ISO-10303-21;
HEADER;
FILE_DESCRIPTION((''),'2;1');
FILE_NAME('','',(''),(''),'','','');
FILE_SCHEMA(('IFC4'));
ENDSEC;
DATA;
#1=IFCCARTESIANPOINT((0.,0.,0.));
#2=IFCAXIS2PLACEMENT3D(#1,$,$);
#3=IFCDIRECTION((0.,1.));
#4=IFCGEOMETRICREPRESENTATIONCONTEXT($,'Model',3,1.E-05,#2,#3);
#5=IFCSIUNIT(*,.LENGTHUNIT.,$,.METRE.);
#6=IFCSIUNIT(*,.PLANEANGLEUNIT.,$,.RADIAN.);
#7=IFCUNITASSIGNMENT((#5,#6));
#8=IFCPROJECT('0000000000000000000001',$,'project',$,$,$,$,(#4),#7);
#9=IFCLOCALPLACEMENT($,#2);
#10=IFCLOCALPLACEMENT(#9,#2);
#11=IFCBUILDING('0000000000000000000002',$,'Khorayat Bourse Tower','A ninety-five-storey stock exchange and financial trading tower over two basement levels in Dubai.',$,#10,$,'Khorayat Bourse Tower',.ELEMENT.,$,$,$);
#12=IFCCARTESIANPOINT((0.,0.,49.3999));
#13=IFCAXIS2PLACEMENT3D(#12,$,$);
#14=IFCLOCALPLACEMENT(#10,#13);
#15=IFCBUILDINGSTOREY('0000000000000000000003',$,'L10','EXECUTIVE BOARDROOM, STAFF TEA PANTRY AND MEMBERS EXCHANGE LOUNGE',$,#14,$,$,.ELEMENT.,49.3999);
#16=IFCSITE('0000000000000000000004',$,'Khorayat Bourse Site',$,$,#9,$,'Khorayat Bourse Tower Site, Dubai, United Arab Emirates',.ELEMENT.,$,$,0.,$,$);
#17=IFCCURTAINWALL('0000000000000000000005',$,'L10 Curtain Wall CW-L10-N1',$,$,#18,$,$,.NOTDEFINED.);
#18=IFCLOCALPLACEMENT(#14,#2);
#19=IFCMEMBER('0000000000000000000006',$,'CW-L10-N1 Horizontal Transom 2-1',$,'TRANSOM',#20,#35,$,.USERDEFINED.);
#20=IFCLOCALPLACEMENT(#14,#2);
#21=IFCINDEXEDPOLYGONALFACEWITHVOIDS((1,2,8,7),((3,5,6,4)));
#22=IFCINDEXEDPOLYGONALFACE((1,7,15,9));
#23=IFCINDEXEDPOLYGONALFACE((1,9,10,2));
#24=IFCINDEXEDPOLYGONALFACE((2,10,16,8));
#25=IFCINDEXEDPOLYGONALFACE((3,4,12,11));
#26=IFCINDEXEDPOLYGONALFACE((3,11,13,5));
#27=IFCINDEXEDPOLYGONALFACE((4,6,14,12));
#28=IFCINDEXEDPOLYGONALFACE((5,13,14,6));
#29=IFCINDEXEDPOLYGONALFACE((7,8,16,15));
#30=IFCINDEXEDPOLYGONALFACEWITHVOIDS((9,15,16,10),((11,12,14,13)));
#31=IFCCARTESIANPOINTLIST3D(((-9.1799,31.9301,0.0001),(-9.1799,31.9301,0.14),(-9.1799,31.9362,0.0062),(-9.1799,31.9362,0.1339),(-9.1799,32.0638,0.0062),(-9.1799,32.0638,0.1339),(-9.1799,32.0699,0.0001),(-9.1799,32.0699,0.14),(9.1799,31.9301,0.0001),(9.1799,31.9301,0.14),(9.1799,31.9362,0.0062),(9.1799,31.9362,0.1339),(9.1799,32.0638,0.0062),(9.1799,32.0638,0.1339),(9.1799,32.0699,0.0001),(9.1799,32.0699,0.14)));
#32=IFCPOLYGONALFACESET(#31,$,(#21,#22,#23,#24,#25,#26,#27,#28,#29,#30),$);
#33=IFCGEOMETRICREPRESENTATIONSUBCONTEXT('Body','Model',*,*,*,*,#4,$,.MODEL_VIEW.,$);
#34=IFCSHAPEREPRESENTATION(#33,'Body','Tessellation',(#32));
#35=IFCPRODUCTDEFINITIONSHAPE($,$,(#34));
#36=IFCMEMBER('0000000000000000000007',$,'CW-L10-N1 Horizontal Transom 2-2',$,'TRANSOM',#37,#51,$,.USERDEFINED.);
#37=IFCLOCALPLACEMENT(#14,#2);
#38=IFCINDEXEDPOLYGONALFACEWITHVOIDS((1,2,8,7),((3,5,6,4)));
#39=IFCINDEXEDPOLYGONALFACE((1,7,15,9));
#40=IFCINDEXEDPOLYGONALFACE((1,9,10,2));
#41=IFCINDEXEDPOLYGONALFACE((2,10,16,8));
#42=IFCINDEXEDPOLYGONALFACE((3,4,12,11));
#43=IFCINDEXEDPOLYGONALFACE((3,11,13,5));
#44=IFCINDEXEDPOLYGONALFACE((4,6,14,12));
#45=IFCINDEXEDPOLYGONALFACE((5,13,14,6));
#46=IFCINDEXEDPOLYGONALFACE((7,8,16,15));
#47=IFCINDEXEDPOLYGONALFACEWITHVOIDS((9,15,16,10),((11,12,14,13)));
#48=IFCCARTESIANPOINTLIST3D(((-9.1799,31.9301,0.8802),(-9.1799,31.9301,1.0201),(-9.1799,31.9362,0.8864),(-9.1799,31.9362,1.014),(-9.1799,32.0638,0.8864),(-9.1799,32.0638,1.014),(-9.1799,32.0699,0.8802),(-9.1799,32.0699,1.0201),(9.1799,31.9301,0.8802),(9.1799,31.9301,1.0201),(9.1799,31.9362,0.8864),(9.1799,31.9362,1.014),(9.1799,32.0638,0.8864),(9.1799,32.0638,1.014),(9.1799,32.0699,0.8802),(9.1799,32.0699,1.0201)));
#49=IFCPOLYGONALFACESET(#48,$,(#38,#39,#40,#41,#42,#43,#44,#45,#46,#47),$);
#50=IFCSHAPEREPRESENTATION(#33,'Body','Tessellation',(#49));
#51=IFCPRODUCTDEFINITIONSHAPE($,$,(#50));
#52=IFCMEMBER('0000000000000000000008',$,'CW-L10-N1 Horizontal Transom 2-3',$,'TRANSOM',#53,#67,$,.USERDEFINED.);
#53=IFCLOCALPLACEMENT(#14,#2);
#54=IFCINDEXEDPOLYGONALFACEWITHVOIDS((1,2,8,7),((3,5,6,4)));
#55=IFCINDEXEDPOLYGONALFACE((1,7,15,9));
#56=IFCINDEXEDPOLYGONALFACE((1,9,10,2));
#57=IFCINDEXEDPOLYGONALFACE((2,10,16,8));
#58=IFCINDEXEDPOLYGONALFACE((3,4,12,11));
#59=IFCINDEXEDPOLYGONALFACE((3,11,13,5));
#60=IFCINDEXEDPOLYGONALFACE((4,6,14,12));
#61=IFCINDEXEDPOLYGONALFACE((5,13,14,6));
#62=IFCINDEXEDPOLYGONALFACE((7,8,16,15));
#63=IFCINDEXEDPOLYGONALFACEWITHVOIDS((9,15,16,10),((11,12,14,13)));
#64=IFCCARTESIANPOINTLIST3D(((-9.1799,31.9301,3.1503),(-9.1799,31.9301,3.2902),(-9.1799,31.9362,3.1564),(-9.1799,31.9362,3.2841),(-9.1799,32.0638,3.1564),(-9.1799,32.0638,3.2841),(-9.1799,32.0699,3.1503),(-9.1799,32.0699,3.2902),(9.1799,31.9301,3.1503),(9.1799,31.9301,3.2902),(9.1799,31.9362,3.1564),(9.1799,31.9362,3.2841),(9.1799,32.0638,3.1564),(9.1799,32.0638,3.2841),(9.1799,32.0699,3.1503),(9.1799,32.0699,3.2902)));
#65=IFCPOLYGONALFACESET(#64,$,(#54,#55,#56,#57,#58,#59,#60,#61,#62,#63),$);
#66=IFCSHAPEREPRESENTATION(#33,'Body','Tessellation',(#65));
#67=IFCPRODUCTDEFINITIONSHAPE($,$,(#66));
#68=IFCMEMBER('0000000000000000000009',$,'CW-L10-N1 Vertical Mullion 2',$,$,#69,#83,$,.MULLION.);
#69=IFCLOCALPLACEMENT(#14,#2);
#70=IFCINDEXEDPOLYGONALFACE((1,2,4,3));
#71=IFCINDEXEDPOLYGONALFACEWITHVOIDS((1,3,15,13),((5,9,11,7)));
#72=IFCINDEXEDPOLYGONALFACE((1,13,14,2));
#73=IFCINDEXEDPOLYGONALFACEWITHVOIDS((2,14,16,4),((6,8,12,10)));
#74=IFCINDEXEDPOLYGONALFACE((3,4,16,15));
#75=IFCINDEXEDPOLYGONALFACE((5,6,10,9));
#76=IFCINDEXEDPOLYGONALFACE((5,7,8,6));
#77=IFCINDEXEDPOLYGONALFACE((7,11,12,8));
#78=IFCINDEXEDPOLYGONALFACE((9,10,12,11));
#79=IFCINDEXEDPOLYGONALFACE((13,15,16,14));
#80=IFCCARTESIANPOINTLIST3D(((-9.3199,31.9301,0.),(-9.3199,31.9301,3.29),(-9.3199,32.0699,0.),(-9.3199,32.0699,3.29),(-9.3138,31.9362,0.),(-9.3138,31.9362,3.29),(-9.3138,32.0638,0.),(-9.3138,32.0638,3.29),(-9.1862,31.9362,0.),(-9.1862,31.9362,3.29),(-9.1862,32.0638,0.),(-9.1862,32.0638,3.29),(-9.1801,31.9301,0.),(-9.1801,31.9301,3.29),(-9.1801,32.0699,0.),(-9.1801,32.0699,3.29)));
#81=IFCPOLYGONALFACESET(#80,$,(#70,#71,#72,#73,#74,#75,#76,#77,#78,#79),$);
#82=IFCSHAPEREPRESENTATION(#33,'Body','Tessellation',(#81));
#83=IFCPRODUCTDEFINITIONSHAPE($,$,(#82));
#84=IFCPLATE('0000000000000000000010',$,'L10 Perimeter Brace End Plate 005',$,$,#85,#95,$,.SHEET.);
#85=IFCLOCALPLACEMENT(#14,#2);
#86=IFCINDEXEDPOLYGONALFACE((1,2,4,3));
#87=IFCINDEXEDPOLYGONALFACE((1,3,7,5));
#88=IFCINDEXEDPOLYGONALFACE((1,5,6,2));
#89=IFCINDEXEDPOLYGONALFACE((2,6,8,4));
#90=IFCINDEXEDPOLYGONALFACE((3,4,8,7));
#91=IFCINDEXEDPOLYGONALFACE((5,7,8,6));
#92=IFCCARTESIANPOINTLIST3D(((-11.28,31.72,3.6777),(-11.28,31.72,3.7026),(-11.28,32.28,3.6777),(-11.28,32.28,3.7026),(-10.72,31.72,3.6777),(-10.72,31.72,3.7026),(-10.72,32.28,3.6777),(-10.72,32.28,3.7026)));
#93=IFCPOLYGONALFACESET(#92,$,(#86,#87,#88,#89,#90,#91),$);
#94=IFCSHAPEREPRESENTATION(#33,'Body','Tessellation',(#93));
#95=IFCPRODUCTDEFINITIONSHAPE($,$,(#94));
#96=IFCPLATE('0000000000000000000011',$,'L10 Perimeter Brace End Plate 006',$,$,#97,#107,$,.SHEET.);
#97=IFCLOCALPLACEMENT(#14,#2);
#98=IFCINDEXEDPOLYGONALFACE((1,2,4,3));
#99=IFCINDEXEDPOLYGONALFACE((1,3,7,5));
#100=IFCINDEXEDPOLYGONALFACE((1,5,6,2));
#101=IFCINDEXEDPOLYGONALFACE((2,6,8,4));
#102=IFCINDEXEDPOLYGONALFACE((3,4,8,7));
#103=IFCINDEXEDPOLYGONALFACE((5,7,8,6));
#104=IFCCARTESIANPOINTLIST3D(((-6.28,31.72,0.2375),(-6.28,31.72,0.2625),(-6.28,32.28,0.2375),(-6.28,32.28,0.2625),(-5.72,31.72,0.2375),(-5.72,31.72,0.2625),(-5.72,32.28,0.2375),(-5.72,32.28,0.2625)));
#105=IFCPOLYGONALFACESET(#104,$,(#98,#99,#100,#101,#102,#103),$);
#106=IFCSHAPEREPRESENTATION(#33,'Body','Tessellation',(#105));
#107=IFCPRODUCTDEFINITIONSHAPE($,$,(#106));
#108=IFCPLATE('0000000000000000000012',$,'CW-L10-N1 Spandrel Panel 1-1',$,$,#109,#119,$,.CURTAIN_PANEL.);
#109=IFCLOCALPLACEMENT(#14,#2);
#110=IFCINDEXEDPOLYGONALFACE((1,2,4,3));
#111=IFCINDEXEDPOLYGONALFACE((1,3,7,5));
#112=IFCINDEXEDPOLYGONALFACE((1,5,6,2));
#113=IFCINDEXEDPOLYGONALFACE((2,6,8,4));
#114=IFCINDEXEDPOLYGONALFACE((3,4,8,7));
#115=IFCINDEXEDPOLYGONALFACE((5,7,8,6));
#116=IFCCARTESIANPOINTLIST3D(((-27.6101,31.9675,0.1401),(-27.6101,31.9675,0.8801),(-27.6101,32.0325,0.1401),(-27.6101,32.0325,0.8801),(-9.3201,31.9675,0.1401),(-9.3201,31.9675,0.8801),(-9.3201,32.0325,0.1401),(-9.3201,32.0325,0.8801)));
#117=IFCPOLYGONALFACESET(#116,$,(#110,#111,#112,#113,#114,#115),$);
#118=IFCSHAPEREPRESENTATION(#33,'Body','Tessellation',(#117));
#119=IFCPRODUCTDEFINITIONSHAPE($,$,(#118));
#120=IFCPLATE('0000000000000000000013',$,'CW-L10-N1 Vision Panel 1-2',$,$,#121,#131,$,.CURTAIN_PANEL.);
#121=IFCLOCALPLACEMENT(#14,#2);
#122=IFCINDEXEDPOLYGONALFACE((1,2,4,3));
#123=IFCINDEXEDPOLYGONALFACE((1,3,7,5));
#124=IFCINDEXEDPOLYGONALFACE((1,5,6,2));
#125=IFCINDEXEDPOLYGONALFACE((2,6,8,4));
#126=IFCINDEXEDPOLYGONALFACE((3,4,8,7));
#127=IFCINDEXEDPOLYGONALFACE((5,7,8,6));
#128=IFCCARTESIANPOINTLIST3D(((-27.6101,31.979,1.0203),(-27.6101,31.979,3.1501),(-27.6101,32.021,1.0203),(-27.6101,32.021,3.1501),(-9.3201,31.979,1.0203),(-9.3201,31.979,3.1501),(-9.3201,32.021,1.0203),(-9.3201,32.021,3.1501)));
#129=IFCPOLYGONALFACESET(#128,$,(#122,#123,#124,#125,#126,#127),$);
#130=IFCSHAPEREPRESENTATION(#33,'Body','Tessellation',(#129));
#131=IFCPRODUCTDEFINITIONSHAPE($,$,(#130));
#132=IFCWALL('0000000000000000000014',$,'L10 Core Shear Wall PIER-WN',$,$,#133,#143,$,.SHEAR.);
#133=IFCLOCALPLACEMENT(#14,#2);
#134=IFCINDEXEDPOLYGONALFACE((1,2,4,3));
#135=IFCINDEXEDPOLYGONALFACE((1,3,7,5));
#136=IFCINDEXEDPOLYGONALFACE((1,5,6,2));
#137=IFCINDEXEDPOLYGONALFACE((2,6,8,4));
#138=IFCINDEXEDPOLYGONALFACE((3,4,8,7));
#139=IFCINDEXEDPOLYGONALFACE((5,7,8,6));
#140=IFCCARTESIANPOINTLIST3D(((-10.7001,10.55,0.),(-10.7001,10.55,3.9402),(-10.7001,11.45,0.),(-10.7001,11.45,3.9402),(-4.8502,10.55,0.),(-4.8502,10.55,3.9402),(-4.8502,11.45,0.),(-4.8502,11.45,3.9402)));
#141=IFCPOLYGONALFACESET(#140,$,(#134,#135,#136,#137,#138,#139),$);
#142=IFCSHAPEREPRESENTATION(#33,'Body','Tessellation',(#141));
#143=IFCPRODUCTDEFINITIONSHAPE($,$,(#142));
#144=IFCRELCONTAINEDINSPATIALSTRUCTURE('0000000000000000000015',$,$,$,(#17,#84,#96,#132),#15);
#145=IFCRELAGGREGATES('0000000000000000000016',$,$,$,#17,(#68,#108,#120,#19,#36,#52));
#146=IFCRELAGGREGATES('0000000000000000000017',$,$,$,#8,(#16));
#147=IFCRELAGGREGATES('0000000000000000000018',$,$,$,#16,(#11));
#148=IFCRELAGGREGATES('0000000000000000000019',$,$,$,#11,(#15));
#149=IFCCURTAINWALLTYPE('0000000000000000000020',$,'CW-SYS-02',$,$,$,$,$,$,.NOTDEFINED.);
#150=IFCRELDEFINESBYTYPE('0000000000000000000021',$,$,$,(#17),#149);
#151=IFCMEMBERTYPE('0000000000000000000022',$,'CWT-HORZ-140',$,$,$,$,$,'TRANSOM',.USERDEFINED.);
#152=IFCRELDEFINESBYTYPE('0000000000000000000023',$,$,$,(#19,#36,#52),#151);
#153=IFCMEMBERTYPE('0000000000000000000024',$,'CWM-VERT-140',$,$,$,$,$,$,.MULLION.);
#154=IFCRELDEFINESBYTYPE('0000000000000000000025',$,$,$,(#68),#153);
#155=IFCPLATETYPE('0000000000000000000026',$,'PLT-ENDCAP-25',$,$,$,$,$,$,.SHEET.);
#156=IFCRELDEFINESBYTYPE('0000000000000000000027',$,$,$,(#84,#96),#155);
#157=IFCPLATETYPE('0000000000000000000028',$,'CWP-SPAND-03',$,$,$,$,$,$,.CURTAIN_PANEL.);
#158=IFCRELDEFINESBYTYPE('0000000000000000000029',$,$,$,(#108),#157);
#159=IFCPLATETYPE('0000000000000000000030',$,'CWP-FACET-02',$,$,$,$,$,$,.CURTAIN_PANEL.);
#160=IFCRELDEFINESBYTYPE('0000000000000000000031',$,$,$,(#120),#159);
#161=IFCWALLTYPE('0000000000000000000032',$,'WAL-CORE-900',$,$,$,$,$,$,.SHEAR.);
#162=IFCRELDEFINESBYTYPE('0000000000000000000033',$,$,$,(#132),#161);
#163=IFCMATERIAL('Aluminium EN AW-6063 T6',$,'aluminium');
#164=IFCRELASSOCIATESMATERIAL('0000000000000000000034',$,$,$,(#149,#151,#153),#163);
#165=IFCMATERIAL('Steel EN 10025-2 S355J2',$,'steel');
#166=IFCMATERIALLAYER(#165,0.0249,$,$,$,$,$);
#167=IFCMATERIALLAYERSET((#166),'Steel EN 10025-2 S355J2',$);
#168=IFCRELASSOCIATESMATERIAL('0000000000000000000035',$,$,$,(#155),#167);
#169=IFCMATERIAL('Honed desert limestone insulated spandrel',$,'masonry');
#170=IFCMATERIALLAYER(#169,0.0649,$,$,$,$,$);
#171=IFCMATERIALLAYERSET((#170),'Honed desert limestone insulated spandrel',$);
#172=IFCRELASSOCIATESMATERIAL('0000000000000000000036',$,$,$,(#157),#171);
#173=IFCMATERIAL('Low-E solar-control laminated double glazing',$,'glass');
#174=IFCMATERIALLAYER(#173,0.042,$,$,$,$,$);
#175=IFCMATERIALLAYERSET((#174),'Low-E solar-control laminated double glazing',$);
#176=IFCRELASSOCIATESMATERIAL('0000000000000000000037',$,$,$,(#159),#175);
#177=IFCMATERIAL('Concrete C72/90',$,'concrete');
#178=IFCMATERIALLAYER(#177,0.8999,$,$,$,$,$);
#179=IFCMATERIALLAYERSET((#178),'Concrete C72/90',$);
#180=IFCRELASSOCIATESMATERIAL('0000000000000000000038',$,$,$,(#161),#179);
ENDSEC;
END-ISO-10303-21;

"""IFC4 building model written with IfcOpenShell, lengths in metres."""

from ifc_helpers import new_model, si_unit, direction, frame, frame_2d, origin, origin_2d, place, context, subcontext, project, spatial, rectangle, hollow_rectangle, extrude, source, transform, mapped, material, layer, layer_set, material_profile, profile_set, type_object, element, aggregate, save


model = new_model("IFC4")

# Units and contexts
model_context = context("Model", 3, precision=1e-05, world=origin(), true_north=direction((0.0, 1.0)))
body_context = subcontext(model_context, "Body", "Model", "MODEL_VIEW")
ifc_project = project(units=[si_unit("LENGTHUNIT", "METRE"), si_unit("PLANEANGLEUNIT", "RADIAN")], contexts=[model_context])

# Site, building, storey
site_placement = place(None, origin())
site = spatial("IfcSite", under=ifc_project, at=site_placement, Name="Khorayat Bourse Site", LongName="Khorayat Bourse Tower Site, Dubai, United Arab Emirates", CompositionType="ELEMENT", RefElevation=0.0)
building_placement = place(site_placement, origin())
building = spatial("IfcBuilding", under=site, at=building_placement, Name="Khorayat Bourse Tower", Description="A ninety-five-storey stock exchange and financial trading tower over two basement levels in Dubai.", LongName="Khorayat Bourse Tower", CompositionType="ELEMENT")
storey_placement = place(building_placement, frame((0.0, 0.0, 49.3999)))
storey = spatial("IfcBuildingStorey", under=building, at=storey_placement, Name="L10", Description="EXECUTIVE BOARDROOM, STAFF TEA PANTRY AND MEMBERS EXCHANGE LOUNGE", CompositionType="ELEMENT", Elevation=49.3999)

# Shared definitions
ifc_material_1 = material(Name="Concrete C72/90", Category="concrete")

# Curtain wall, members
ifc_material_2 = material(Name="Aluminium EN AW-6063 T6", Category="aluminium")
curtain_wall_type = type_object("IfcCurtainWallType", Name="CW-SYS-02", PredefinedType="NOTDEFINED", material=ifc_material_2)
curtain_wall_placement = place(storey_placement, origin())
curtain_wall = element("IfcCurtainWall", 1, at=curtain_wall_placement, inside=storey, type_object=curtain_wall_type, Name="L10 Curtain Wall CW-L10-N1", PredefinedType="NOTDEFINED")
ifc_material_profile_1 = material_profile(ifc_material_2, hollow_rectangle(XDim=0.1399, YDim=0.1399, WallThickness=0.0061, at=origin_2d()), Name="ALU 140x140x6")
ifc_profile_set_1 = profile_set([ifc_material_profile_1], Name="Aluminium EN AW-6063 T6")
member_type_1 = type_object("IfcMemberType", Name="CWT-HORZ-140", ElementType="TRANSOM", PredefinedType="USERDEFINED", material=ifc_profile_set_1)
shared_shape_1 = source(origin(), body_context, "Body", "SweptSolid", [
    extrude(hollow_rectangle(XDim=0.1399, YDim=0.1399, WallThickness=0.0061, at=origin_2d()), origin(), (0.0, 0.0, 1.0), 18.3599),
])
member_1_placement = place(storey_placement, frame((-9.1799, 32.0, 0.0701), z_axis=(1.0, 0.0, 0.0), x_axis=(0.0, 1.0, 0.0)))
member_1 = element("IfcMember", 2, at=member_1_placement, type_object=member_type_1, Name="CW-L10-N1 Horizontal Transom 2-1", ObjectType="TRANSOM", PredefinedType="USERDEFINED", context=body_context, shape_type="MappedRepresentation", body=[
    mapped(shared_shape_1, transform((0.0, 0.0, 0.0), scale=1.0)),
])
member_2_placement = place(storey_placement, frame((-9.1799, 32.0, 0.9502), z_axis=(1.0, 0.0, 0.0), x_axis=(0.0, 1.0, 0.0)))
member_2 = element("IfcMember", 3, at=member_2_placement, type_object=member_type_1, Name="CW-L10-N1 Horizontal Transom 2-2", ObjectType="TRANSOM", PredefinedType="USERDEFINED", context=body_context, shape_type="MappedRepresentation", body=[
    mapped(shared_shape_1, transform((0.0, 0.0, 0.0), scale=1.0)),
])
member_3_placement = place(storey_placement, frame((-9.1799, 32.0, 3.2202), z_axis=(1.0, 0.0, 0.0), x_axis=(0.0, 1.0, 0.0)))
member_3 = element("IfcMember", 4, at=member_3_placement, type_object=member_type_1, Name="CW-L10-N1 Horizontal Transom 2-3", ObjectType="TRANSOM", PredefinedType="USERDEFINED", context=body_context, shape_type="MappedRepresentation", body=[
    mapped(shared_shape_1, transform((0.0, 0.0, 0.0), scale=1.0)),
])
ifc_material_profile_2 = material_profile(ifc_material_2, hollow_rectangle(XDim=0.1399, YDim=0.1399, WallThickness=0.0061, at=origin_2d()), Name="ALU 140x140x6")
ifc_profile_set_2 = profile_set([ifc_material_profile_2], Name="Aluminium EN AW-6063 T6")
member_type_2 = type_object("IfcMemberType", Name="CWM-VERT-140", PredefinedType="MULLION", material=ifc_profile_set_2)
shared_shape_2 = source(origin(), body_context, "Body", "SweptSolid", [
    extrude(hollow_rectangle(XDim=0.1399, YDim=0.1399, WallThickness=0.0061, at=origin_2d()), origin(), (0.0, 0.0, 1.0), 3.29),
])
member_4_placement = place(storey_placement, frame((-9.25, 32.0, 0.0), z_axis=(0.0, 0.0, 1.0), x_axis=(0.0, 1.0, 0.0)))
member_4 = element("IfcMember", 5, at=member_4_placement, type_object=member_type_2, Name="CW-L10-N1 Vertical Mullion 2", PredefinedType="MULLION", context=body_context, shape_type="MappedRepresentation", body=[
    mapped(shared_shape_2, transform((0.0, 0.0, 0.0), scale=1.0)),
])

# Plates
ifc_material_3 = material(Name="Steel EN 10025-2 S355J2", Category="steel")
ifc_layer_1 = layer(ifc_material_3, 0.0249)
ifc_layer_set_1 = layer_set([ifc_layer_1], Name="Steel EN 10025-2 S355J2")
plate_type_1 = type_object("IfcPlateType", Name="PLT-ENDCAP-25", PredefinedType="SHEET", material=ifc_layer_set_1)
shared_shape_3 = source(origin(), body_context, "Body", "SweptSolid", [
    extrude(rectangle(XDim=0.5601, YDim=0.5601, at=origin_2d()), origin(), (0.0, 0.0, 1.0), 0.0249),
])
for number, where, z_axis, x_axis, name in (
    (6, (-11.0, 32.0, 3.6777), (0.0, 0.0, 1.0), (1.0, 0.0, 0.0), "L10 Perimeter Brace End Plate 005"),
    (7, (-6.0, 32.0, 0.2375), (0.0, 0.0, 1.0), (1.0, 0.0, 0.0), "L10 Perimeter Brace End Plate 006"),
):
    element("IfcPlate", number, at=place(storey_placement, frame(where, z_axis=z_axis, x_axis=x_axis)), inside=storey, type_object=plate_type_1, Name=name, PredefinedType="SHEET", context=body_context, shape_type="MappedRepresentation", body=[
        mapped(shared_shape_3, transform((0.0, 0.0, 0.0), scale=1.0)),
    ])

# Plates
ifc_material_4 = material(Name="Honed desert limestone insulated spandrel", Category="masonry")
ifc_layer_2 = layer(ifc_material_4, 0.0649)
ifc_layer_set_2 = layer_set([ifc_layer_2], Name="Honed desert limestone insulated spandrel")
plate_type_2 = type_object("IfcPlateType", Name="CWP-SPAND-03", PredefinedType="CURTAIN_PANEL", material=ifc_layer_set_2)
shared_shape_4 = source(origin(), body_context, "Body", "SweptSolid", [
    extrude(rectangle(XDim=18.29, YDim=0.0649, at=origin_2d()), origin(), (0.0, 0.0, 1.0), 0.74),
])
plate_1_placement = place(storey_placement, frame((-18.4651, 32.0, 0.1401), z_axis=(0.0, 0.0, 1.0), x_axis=(1.0, 0.0, 0.0)))
plate_1 = element("IfcPlate", 8, at=plate_1_placement, type_object=plate_type_2, Name="CW-L10-N1 Spandrel Panel 1-1", PredefinedType="CURTAIN_PANEL", context=body_context, shape_type="MappedRepresentation", body=[
    mapped(shared_shape_4, transform((0.0, 0.0, 0.0), scale=1.0)),
])
ifc_material_5 = material(Name="Low-E solar-control laminated double glazing", Category="glass")
ifc_layer_3 = layer(ifc_material_5, 0.042)
ifc_layer_set_3 = layer_set([ifc_layer_3], Name="Low-E solar-control laminated double glazing")
plate_type_3 = type_object("IfcPlateType", Name="CWP-FACET-02", PredefinedType="CURTAIN_PANEL", material=ifc_layer_set_3)
shared_shape_5 = source(origin(), body_context, "Body", "SweptSolid", [
    extrude(rectangle(XDim=18.29, YDim=0.042, at=origin_2d()), origin(), (0.0, 0.0, 1.0), 2.1299),
])
plate_2_placement = place(storey_placement, frame((-18.4651, 32.0, 1.0203), z_axis=(0.0, 0.0, 1.0), x_axis=(1.0, 0.0, 0.0)))
plate_2 = element("IfcPlate", 9, at=plate_2_placement, type_object=plate_type_3, Name="CW-L10-N1 Vision Panel 1-2", PredefinedType="CURTAIN_PANEL", context=body_context, shape_type="MappedRepresentation", body=[
    mapped(shared_shape_5, transform((0.0, 0.0, 0.0), scale=1.0)),
])
aggregate(curtain_wall, [member_4, plate_1, plate_2, member_1, member_2, member_3])

# Wall
ifc_layer_4 = layer(ifc_material_1, 0.8999)
ifc_layer_set_4 = layer_set([ifc_layer_4], Name="Concrete C72/90")
wall_type_1 = type_object("IfcWallType", Name="WAL-CORE-900", PredefinedType="SHEAR", material=ifc_layer_set_4)
shared_shape_6 = source(origin(), body_context, "Body", "SweptSolid", [
    extrude(rectangle(XDim=5.8499, YDim=0.8999, at=frame_2d((2.9248, 0.0))), origin(), (0.0, 0.0, 1.0), 3.9402),
])
wall_1_placement = place(storey_placement, frame((-10.7, 11.0, 0.0), z_axis=(0.0, 0.0, 1.0), x_axis=(1.0, 0.0, 0.0)))
element("IfcWall", 10, at=wall_1_placement, inside=storey, type_object=wall_type_1, Name="L10 Core Shear Wall PIER-WN", PredefinedType="SHEAR", context=body_context, shape_type="MappedRepresentation", body=[
    mapped(shared_shape_6, transform((0.0, 0.0, 0.0), scale=1.0)),
])

save(model, "model.ifc")
